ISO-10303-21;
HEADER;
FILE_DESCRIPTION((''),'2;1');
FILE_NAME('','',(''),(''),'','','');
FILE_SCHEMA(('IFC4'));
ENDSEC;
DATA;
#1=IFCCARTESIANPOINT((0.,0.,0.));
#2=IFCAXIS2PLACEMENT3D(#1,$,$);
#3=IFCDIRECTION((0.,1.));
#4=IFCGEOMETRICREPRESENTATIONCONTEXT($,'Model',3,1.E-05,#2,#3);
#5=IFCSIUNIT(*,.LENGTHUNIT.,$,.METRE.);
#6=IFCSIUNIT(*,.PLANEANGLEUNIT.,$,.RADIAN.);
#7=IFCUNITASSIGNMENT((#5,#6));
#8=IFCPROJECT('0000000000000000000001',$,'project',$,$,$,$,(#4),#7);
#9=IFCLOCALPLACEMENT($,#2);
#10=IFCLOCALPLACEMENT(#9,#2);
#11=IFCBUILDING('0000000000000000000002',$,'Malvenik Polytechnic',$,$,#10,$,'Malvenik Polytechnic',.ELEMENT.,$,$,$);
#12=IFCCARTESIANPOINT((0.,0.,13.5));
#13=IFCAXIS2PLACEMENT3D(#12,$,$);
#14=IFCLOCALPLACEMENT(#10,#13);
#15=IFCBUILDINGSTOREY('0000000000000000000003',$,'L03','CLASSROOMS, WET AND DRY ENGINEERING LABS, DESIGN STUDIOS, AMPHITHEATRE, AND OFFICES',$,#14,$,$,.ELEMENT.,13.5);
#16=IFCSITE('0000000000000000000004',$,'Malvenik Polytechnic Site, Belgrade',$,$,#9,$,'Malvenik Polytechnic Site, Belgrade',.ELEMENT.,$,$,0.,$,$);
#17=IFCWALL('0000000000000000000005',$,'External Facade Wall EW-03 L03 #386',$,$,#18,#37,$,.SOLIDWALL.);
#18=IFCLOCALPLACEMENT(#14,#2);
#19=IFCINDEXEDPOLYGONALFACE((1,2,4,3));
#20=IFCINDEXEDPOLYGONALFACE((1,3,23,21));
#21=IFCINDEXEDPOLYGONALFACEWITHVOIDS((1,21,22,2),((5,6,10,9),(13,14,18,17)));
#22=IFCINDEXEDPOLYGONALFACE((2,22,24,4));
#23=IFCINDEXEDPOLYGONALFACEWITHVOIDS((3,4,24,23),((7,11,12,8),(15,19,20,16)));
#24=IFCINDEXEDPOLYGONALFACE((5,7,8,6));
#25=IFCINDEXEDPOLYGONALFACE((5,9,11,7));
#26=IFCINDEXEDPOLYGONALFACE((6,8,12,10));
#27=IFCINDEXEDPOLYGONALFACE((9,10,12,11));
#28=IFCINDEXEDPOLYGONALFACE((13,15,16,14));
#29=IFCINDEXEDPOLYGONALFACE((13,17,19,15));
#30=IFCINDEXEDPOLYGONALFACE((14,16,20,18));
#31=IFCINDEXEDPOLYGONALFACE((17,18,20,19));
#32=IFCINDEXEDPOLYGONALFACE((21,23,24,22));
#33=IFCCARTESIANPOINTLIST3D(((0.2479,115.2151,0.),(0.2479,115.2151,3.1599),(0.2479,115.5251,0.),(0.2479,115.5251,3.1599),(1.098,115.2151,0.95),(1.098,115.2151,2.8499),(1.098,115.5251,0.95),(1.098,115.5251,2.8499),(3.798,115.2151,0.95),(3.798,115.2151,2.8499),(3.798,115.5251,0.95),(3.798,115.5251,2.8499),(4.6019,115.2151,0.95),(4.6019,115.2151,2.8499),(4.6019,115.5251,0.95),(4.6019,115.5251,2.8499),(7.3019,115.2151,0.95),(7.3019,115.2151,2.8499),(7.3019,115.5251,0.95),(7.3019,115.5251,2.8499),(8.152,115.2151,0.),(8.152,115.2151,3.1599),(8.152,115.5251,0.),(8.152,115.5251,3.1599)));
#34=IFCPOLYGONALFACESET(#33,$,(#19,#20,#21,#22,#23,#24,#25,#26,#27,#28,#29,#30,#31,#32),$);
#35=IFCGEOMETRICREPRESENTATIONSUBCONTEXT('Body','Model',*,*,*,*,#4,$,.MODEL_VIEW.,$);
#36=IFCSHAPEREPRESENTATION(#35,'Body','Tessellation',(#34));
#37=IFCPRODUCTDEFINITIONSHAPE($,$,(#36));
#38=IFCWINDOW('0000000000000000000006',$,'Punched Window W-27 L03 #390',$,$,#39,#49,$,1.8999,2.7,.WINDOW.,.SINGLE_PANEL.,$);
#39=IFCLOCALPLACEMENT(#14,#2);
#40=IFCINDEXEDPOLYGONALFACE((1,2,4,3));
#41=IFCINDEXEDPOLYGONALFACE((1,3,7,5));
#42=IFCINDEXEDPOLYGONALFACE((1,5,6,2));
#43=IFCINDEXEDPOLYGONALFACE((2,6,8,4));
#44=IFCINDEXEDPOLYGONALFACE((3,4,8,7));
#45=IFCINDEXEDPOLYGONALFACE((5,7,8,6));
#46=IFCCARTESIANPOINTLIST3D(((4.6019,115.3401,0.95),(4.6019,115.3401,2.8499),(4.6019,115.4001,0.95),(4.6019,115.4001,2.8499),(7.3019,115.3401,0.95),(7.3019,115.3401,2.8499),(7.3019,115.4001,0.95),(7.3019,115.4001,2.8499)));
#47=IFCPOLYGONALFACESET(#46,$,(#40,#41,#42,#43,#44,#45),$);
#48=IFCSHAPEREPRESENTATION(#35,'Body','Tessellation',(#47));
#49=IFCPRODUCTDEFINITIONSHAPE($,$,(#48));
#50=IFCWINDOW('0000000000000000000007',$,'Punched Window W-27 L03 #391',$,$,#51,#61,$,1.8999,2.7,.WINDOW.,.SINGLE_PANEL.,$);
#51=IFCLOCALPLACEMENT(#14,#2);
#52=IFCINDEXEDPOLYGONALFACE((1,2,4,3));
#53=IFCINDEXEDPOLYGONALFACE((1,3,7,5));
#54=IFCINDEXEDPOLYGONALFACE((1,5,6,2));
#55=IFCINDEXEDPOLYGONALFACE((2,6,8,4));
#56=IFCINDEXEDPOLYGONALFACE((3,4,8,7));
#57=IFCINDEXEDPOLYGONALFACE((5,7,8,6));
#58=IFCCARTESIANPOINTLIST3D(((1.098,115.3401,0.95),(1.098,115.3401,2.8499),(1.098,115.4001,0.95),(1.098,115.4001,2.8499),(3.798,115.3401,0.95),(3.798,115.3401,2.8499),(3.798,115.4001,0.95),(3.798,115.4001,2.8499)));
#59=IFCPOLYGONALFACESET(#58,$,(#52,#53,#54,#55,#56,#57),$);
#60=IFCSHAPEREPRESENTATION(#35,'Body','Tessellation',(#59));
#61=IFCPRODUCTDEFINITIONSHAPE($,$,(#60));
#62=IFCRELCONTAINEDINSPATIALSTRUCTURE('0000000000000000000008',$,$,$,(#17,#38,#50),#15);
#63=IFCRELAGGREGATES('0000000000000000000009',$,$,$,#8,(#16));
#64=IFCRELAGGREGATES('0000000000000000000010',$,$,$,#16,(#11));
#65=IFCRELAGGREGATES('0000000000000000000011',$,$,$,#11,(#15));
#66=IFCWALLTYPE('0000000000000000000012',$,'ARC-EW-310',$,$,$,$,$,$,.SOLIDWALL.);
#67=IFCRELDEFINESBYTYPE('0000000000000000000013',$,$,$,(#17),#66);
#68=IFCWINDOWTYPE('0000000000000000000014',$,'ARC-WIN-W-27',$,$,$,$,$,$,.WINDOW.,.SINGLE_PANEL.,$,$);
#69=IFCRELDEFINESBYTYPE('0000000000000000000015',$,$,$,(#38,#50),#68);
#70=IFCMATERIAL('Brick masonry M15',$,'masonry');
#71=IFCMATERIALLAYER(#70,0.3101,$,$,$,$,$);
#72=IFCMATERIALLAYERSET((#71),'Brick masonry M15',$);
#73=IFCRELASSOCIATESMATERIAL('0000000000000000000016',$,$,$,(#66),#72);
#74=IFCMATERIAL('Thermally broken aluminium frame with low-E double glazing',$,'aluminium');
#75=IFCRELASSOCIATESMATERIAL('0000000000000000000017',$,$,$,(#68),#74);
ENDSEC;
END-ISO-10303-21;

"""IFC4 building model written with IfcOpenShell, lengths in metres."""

from ifc_helpers import new_model, si_unit, direction, frame, frame_2d, origin, place, context, subcontext, project, spatial, rectangle, extrude, material, layer, layer_set, type_object, element, fill, save


model = new_model("IFC4")

# Units and contexts
model_context = context("Model", 3, precision=1e-05, world=origin(), true_north=direction((0.0, 1.0)))
body_context = subcontext(model_context, "Body", "Model", "MODEL_VIEW")
ifc_project = project(units=[si_unit("LENGTHUNIT", "METRE"), si_unit("PLANEANGLEUNIT", "RADIAN")], contexts=[model_context])

# Site, building, storey
site_placement = place(None, origin())
site = spatial("IfcSite", under=ifc_project, at=site_placement, Name="Malvenik Polytechnic Site, Belgrade", LongName="Malvenik Polytechnic Site, Belgrade", CompositionType="ELEMENT", RefElevation=0.0)
building_placement = place(site_placement, origin())
building = spatial("IfcBuilding", under=site, at=building_placement, Name="Malvenik Polytechnic", LongName="Malvenik Polytechnic", CompositionType="ELEMENT")
storey_placement = place(building_placement, frame((0.0, 0.0, 13.5)))
storey = spatial("IfcBuildingStorey", under=building, at=storey_placement, Name="L03", Description="CLASSROOMS, WET AND DRY ENGINEERING LABS, DESIGN STUDIOS, AMPHITHEATRE, AND OFFICES", CompositionType="ELEMENT", Elevation=13.5)

# Wall, openings, windows
ifc_material_1 = material(Name="Brick masonry M15", Category="masonry")
ifc_layer_1 = layer(ifc_material_1, 0.3101)
ifc_layer_set_1 = layer_set([ifc_layer_1], Name="Brick masonry M15")
wall_type = type_object("IfcWallType", Name="ARC-EW-310", PredefinedType="SOLIDWALL", material=ifc_layer_set_1)
wall_placement = place(storey_placement, frame((8.1521, 115.3701, 0.0), z_axis=(0.0, 0.0, 1.0), x_axis=(-1.0, 0.0, 0.0)))
wall = element("IfcWall", 1, at=wall_placement, inside=storey, type_object=wall_type, Name="External Facade Wall EW-03 L03 #386", PredefinedType="SOLIDWALL", context=body_context, shape_type="SweptSolid", body=[
    extrude(rectangle(XDim=7.9041, YDim=0.3101, at=frame_2d((3.9521, 0.0))), origin(), (0.0, 0.0, 1.0), 3.1599),
])
opening_1_placement = place(wall_placement, frame((0.8501, 0.0, 0.95)))
opening_1 = element("IfcOpeningElement", 2, at=opening_1_placement, cuts=wall, PredefinedType="OPENING", context=body_context, shape_type="SweptSolid", body=[
    extrude(rectangle(XDim=2.7, YDim=1.8999, at=frame_2d((1.3501, 0.95))), frame((0.0, 0.165, 0.0), z_axis=(0.0, -1.0, 0.0), x_axis=(1.0, 0.0, 0.0)), (0.0, 0.0, 1.0), 0.3301),
])
opening_2_placement = place(wall_placement, frame((4.354, 0.0, 0.95)))
opening_2 = element("IfcOpeningElement", 3, at=opening_2_placement, cuts=wall, PredefinedType="OPENING", context=body_context, shape_type="SweptSolid", body=[
    extrude(rectangle(XDim=2.7, YDim=1.8999, at=frame_2d((1.3501, 0.95))), frame((0.0, 0.165, 0.0), z_axis=(0.0, -1.0, 0.0), x_axis=(1.0, 0.0, 0.0)), (0.0, 0.0, 1.0), 0.3301),
])
ifc_material_2 = material(Name="Thermally broken aluminium frame with low-E double glazing", Category="aluminium")
window_type = type_object("IfcWindowType", Name="ARC-WIN-W-27", PartitioningType="SINGLE_PANEL", PredefinedType="WINDOW", material=ifc_material_2)
window_1_placement = place(opening_1_placement, origin())
window_1 = element("IfcWindow", 4, at=window_1_placement, inside=storey, type_object=window_type, Name="Punched Window W-27 L03 #390", OverallHeight=1.8999, OverallWidth=2.7, PartitioningType="SINGLE_PANEL", PredefinedType="WINDOW", context=body_context, shape_type="SweptSolid", body=[
    extrude(rectangle(XDim=2.7, YDim=1.8999, at=frame_2d((1.3501, 0.95))), frame((0.0, 0.03, 0.0), z_axis=(0.0, -1.0, 0.0), x_axis=(1.0, 0.0, 0.0)), (0.0, 0.0, 1.0), 0.0601),
])
fill(opening_1, window_1)
window_2_placement = place(opening_2_placement, origin())
window_2 = element("IfcWindow", 5, at=window_2_placement, inside=storey, type_object=window_type, Name="Punched Window W-27 L03 #391", OverallHeight=1.8999, OverallWidth=2.7, PartitioningType="SINGLE_PANEL", PredefinedType="WINDOW", context=body_context, shape_type="SweptSolid", body=[
    extrude(rectangle(XDim=2.7, YDim=1.8999, at=frame_2d((1.3501, 0.95))), frame((0.0, 0.03, 0.0), z_axis=(0.0, -1.0, 0.0), x_axis=(1.0, 0.0, 0.0)), (0.0, 0.0, 1.0), 0.0601),
])
fill(opening_2, window_2)

save(model, "model.ifc")
